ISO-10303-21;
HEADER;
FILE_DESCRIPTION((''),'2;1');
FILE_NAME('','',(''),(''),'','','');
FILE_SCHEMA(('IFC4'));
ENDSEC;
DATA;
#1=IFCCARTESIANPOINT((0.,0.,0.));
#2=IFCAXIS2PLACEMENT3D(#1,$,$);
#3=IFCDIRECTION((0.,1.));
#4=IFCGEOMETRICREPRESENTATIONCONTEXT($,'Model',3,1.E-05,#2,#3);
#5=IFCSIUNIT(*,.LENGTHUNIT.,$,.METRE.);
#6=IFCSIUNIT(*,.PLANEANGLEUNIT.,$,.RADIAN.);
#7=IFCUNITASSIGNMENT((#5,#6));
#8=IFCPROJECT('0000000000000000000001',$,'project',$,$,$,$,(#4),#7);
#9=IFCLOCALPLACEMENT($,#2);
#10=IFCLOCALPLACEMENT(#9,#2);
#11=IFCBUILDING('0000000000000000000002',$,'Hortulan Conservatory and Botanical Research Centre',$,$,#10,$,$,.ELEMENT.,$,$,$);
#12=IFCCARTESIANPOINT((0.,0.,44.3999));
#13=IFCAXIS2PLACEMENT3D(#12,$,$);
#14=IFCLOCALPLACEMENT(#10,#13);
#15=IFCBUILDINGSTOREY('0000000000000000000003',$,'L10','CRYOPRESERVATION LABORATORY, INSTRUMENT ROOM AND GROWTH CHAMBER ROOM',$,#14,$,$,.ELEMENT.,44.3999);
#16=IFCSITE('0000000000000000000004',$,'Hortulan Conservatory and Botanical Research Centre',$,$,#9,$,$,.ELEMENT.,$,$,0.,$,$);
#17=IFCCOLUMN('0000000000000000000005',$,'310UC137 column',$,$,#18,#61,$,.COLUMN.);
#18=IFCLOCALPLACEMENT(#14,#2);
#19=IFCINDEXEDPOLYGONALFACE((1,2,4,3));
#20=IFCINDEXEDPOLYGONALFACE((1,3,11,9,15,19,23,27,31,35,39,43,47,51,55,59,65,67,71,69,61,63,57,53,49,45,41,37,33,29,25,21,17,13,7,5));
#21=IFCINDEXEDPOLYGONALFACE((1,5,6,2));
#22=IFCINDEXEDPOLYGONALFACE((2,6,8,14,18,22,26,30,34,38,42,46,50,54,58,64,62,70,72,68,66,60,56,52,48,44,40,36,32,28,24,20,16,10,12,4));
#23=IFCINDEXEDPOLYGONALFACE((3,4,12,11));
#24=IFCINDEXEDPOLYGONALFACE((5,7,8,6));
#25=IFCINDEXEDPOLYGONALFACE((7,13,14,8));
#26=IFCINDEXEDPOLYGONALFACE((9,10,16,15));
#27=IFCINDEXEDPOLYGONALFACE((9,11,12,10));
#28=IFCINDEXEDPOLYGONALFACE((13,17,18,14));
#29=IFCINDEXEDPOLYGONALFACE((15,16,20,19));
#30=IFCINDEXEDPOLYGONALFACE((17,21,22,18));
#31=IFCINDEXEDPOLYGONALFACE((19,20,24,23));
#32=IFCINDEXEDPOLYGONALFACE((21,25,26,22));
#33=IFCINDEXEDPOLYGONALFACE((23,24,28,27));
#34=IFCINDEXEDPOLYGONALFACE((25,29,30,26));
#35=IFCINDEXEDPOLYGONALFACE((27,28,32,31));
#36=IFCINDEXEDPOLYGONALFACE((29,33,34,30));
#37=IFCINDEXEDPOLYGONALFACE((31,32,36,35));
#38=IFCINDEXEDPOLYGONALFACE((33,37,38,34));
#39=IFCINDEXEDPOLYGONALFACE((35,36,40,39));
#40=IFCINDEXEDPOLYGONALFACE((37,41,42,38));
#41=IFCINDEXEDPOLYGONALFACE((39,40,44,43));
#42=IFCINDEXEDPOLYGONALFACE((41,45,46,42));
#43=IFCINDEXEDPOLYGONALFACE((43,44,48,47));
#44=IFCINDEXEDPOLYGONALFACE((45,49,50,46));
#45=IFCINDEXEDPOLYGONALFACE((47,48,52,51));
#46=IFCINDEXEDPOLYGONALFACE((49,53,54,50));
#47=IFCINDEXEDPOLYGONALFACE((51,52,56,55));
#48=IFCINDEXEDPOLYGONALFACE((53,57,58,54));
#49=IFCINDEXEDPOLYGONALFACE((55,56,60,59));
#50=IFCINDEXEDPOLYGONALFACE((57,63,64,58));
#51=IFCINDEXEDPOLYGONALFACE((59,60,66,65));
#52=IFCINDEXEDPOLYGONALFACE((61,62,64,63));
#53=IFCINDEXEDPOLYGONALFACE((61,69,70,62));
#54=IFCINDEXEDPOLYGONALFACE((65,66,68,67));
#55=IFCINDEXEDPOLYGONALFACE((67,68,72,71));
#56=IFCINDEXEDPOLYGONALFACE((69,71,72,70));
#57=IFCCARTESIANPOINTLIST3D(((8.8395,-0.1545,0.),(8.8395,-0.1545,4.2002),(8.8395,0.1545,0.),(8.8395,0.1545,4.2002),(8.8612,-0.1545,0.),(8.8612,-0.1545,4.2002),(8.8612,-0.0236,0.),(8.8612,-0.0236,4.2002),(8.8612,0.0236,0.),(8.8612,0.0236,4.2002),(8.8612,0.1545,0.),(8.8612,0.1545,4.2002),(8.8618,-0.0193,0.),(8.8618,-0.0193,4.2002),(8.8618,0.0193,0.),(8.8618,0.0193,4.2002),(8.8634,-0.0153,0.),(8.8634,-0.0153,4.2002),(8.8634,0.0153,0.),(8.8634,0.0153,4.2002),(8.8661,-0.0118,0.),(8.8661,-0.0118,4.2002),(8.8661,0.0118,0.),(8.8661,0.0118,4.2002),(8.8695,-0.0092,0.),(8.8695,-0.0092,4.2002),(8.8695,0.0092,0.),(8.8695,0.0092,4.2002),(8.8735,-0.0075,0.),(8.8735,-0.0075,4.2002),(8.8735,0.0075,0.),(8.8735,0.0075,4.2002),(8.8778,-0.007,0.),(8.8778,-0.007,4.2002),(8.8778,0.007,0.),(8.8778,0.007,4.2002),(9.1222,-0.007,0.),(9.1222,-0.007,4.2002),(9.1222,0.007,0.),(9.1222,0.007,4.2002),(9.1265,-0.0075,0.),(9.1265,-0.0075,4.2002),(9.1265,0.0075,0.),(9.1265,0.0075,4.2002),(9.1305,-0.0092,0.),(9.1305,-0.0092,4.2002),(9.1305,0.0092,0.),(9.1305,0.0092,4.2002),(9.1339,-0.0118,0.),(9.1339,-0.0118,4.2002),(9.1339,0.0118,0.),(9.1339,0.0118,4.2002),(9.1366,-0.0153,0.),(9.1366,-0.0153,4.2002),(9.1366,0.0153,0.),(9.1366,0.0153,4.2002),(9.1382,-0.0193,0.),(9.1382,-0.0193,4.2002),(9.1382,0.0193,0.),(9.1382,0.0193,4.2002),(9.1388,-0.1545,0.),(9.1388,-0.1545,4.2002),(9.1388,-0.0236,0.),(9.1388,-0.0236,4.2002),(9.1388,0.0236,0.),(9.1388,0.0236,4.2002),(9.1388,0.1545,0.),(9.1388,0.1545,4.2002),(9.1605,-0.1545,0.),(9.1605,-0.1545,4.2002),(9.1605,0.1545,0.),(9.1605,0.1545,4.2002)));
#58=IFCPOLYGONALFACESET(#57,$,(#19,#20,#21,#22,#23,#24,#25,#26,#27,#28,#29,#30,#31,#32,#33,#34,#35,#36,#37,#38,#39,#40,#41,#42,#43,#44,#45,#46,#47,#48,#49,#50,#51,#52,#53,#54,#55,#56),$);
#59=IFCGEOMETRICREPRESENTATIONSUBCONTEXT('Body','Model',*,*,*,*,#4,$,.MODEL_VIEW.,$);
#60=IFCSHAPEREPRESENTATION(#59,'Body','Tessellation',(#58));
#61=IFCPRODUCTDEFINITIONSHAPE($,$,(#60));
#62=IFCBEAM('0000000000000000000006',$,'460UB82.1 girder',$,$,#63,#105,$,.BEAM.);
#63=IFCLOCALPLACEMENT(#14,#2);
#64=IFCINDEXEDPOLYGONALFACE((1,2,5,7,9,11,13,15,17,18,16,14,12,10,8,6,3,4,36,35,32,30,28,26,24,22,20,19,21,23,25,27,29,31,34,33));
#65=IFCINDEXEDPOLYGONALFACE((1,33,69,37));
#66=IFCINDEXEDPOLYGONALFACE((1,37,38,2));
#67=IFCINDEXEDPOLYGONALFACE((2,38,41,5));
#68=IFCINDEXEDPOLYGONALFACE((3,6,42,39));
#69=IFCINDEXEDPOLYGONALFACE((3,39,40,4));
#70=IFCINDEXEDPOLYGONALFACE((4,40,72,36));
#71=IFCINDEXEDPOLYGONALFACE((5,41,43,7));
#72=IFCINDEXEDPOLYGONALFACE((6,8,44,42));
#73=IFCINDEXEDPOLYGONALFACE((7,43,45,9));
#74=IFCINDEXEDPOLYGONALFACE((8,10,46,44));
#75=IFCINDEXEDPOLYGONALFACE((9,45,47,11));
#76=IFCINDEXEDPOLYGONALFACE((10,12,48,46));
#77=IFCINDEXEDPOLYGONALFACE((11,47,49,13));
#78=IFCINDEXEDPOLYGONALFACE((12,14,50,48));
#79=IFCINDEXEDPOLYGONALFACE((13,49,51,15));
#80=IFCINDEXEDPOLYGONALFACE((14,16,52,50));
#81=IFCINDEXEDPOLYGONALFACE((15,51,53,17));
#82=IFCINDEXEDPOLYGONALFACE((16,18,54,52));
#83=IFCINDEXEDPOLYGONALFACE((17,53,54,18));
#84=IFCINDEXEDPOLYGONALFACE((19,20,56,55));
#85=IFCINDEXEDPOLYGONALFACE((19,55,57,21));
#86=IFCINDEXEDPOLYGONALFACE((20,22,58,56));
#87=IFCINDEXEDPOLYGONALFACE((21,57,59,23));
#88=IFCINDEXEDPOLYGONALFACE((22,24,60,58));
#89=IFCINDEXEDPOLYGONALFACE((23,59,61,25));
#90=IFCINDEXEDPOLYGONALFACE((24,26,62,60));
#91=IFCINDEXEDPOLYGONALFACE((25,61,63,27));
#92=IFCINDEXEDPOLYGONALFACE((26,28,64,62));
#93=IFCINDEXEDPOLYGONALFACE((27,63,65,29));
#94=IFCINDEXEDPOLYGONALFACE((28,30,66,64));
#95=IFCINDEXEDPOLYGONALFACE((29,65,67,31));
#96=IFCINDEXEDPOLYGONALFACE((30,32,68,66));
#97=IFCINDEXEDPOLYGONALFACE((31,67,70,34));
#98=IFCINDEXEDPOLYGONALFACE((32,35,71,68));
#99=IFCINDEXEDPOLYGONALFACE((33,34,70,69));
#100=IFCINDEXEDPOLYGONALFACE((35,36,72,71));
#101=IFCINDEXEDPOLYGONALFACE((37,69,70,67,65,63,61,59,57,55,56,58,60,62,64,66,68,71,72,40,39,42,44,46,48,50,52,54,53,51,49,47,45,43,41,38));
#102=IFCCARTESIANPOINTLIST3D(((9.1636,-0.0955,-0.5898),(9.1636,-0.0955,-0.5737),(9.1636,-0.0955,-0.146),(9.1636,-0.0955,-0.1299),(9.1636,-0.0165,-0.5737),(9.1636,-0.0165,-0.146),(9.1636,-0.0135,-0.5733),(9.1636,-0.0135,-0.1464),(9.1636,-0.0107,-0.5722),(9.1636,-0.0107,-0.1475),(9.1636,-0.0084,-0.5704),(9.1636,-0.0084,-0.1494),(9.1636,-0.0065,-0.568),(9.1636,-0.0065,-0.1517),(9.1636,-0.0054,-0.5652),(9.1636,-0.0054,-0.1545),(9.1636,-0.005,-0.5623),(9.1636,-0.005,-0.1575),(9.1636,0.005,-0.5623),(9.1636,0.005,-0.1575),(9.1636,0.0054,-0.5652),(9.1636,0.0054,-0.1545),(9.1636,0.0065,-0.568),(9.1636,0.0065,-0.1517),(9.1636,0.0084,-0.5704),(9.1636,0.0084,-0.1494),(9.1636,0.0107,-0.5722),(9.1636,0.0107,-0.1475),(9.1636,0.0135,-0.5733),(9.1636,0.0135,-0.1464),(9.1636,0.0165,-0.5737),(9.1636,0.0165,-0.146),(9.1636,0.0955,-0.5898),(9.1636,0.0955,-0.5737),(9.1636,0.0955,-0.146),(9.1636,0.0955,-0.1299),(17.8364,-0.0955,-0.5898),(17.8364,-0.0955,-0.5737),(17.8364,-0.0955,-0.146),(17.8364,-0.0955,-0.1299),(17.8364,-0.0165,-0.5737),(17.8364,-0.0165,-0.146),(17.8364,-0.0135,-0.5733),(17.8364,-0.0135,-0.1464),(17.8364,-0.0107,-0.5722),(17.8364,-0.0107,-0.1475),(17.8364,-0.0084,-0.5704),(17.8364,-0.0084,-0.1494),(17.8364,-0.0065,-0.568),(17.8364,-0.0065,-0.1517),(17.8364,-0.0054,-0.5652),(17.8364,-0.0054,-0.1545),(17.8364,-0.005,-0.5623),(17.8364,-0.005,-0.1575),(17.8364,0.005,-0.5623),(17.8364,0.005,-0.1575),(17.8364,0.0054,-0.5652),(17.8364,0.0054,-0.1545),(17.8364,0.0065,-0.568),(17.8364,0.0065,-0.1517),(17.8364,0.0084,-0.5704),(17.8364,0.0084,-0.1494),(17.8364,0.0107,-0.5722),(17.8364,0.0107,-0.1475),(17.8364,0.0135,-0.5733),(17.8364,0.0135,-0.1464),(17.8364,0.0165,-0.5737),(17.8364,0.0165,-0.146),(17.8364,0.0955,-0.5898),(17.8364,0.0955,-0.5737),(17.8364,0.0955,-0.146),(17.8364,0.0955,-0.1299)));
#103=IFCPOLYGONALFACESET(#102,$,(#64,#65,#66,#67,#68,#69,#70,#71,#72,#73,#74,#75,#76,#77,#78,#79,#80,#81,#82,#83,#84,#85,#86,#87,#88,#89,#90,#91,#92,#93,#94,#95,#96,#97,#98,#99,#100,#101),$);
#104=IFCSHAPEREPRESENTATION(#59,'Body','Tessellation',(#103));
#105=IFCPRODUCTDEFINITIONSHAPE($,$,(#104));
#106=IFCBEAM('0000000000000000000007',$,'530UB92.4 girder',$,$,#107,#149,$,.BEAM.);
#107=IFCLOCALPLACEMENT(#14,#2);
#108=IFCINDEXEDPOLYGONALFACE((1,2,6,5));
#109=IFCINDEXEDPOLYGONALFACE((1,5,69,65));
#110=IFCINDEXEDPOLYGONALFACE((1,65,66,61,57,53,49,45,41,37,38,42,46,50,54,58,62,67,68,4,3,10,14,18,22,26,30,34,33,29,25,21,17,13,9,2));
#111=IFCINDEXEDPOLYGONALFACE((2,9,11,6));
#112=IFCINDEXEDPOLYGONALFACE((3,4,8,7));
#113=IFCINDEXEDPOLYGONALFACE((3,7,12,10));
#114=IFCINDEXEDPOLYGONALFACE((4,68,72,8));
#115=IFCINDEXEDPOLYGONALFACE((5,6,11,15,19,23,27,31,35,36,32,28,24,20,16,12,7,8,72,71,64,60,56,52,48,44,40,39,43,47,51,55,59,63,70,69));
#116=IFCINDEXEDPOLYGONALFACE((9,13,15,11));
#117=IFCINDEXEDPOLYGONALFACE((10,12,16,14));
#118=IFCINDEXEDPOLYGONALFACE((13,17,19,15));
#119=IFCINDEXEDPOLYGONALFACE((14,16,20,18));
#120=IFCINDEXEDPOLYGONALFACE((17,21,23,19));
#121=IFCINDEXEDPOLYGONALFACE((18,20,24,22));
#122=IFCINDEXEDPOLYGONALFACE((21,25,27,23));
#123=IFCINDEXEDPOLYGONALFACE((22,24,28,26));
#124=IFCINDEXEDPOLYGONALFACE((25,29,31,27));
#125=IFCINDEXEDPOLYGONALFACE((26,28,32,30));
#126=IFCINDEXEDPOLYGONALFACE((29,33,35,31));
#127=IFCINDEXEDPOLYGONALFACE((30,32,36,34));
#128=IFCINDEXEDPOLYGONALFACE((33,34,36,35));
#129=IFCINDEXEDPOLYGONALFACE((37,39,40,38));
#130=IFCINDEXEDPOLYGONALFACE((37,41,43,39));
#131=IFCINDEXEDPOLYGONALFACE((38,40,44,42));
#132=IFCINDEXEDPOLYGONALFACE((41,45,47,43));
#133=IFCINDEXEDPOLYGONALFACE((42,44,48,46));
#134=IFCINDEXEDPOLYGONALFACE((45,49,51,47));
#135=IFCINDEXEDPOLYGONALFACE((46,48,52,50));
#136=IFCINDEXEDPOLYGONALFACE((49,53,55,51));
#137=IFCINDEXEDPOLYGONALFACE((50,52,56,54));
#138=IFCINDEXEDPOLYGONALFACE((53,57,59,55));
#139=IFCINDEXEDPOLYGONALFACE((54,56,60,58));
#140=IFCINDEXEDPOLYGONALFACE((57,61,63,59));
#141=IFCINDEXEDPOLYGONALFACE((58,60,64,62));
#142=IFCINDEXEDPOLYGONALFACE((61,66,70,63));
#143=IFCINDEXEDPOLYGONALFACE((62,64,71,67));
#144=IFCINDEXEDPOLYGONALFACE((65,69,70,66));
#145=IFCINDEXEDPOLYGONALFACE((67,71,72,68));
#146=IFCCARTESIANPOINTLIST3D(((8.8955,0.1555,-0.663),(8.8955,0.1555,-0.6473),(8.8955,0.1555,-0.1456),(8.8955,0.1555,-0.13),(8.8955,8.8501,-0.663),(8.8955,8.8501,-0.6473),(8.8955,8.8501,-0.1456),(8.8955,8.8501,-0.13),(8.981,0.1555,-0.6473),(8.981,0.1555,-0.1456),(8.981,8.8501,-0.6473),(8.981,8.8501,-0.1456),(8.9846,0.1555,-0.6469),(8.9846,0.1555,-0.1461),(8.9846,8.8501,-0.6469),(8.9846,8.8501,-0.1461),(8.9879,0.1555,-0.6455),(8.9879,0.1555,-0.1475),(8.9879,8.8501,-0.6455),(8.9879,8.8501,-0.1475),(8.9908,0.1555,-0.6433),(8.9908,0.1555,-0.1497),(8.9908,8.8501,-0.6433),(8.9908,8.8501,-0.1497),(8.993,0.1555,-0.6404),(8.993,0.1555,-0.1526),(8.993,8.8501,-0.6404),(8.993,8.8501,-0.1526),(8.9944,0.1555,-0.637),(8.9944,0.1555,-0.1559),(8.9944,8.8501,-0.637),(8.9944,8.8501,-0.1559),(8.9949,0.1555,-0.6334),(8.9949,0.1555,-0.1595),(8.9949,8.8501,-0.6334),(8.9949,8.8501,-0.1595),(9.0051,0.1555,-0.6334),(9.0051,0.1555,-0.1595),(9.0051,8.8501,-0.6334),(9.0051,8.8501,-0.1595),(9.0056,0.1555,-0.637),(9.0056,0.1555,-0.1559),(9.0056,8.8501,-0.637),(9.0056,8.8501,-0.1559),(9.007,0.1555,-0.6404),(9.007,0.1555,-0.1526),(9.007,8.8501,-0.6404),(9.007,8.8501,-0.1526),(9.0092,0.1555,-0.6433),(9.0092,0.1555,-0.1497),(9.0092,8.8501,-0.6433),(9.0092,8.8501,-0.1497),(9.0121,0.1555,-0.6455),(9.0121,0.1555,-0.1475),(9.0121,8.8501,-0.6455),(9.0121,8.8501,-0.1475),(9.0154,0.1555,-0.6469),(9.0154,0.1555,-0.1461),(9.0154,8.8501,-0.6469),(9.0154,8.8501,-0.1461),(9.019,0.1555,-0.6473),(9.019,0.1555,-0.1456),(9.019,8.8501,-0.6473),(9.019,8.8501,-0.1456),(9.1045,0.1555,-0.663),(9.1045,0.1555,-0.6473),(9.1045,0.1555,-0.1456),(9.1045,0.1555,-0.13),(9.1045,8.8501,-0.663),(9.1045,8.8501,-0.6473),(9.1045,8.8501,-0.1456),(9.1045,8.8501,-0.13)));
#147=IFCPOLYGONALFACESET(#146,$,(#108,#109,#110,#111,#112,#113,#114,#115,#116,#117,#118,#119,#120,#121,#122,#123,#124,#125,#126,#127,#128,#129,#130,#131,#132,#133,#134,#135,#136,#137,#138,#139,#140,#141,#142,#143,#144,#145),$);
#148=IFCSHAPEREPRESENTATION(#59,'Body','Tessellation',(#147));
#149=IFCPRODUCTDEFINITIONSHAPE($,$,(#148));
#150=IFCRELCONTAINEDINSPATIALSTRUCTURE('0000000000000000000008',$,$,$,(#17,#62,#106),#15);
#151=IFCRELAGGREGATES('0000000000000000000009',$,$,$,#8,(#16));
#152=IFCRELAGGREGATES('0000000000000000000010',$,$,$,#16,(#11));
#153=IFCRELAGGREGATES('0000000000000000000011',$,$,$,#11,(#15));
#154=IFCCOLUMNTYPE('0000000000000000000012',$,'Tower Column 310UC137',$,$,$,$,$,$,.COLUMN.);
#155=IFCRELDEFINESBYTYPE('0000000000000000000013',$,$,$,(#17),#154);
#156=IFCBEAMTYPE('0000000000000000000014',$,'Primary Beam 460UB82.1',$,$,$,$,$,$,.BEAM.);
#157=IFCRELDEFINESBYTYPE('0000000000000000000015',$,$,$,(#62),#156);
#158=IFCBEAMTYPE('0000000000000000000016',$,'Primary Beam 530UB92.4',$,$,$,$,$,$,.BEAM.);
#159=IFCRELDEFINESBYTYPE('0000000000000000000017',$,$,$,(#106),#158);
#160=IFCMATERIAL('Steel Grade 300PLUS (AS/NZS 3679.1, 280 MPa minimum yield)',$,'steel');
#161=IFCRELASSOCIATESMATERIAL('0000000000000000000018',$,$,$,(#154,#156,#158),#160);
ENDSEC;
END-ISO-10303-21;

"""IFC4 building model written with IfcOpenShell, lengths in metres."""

from ifc_helpers import new_model, si_unit, direction, frame, origin, origin_2d, place, context, subcontext, project, spatial, i_section, extrude, material, material_profile, profile_set, type_object, element, save


model = new_model("IFC4")

# Units and contexts
model_context = context("Model", 3, precision=1e-05, world=origin(), true_north=direction((0.0, 1.0)))
body_context = subcontext(model_context, "Body", "Model", "MODEL_VIEW")
ifc_project = project(units=[si_unit("LENGTHUNIT", "METRE"), si_unit("PLANEANGLEUNIT", "RADIAN")], contexts=[model_context])

# Site, building, storey
site_placement = place(None, origin())
site = spatial("IfcSite", under=ifc_project, at=site_placement, Name="Hortulan Conservatory and Botanical Research Centre", CompositionType="ELEMENT", RefElevation=0.0)
building_placement = place(site_placement, origin())
building = spatial("IfcBuilding", under=site, at=building_placement, Name="Hortulan Conservatory and Botanical Research Centre", CompositionType="ELEMENT")
storey_placement = place(building_placement, frame((0.0, 0.0, 44.3999)))
storey = spatial("IfcBuildingStorey", under=building, at=storey_placement, Name="L10", Description="CRYOPRESERVATION LABORATORY, INSTRUMENT ROOM AND GROWTH CHAMBER ROOM", CompositionType="ELEMENT", Elevation=44.3999)

# Column
ifc_material_1 = material(Name="Steel Grade 300PLUS (AS/NZS 3679.1, 280 MPa minimum yield)", Category="steel")
ifc_material_profile_1 = material_profile(ifc_material_1, i_section(OverallWidth=0.3091, OverallDepth=0.321, WebThickness=0.0139, FlangeThickness=0.0217, FilletRadius=0.0166, at=origin_2d()), Name="310UC137")
ifc_profile_set_1 = profile_set([ifc_material_profile_1], Name="Steel Grade 300PLUS (AS/NZS 3679.1, 280 MPa minimum yield)")
column_type = type_object("IfcColumnType", Name="Tower Column 310UC137", PredefinedType="COLUMN", material=ifc_profile_set_1)
column_placement = place(storey_placement, frame((9.0, 0.0, 0.0), z_axis=(0.0, 0.0, 1.0), x_axis=(0.0, 1.0, 0.0)))
element("IfcColumn", 1, at=column_placement, inside=storey, type_object=column_type, Name="310UC137 column", PredefinedType="COLUMN", context=body_context, shape_type="SweptSolid", body=[
    extrude(i_section(OverallWidth=0.3091, OverallDepth=0.321, WebThickness=0.0139, FlangeThickness=0.0217, FilletRadius=0.0166, at=origin_2d()), origin(), (0.0, 0.0, 1.0), 4.2002),
])

# Beams
ifc_material_profile_2 = material_profile(ifc_material_1, i_section(OverallWidth=0.1909, OverallDepth=0.46, WebThickness=0.01, FlangeThickness=0.0161, FilletRadius=0.0115, at=origin_2d()), Name="460UB82.1")
ifc_profile_set_2 = profile_set([ifc_material_profile_2], Name="Steel Grade 300PLUS (AS/NZS 3679.1, 280 MPa minimum yield)")
beam_type_1 = type_object("IfcBeamType", Name="Primary Beam 460UB82.1", PredefinedType="BEAM", material=ifc_profile_set_2)
beam_1_placement = place(storey_placement, frame((9.1636, 0.0, -0.3599), z_axis=(1.0, 0.0, 0.0), x_axis=(0.0, 1.0, 0.0)))
element("IfcBeam", 2, at=beam_1_placement, inside=storey, type_object=beam_type_1, Name="460UB82.1 girder", PredefinedType="BEAM", context=body_context, shape_type="SweptSolid", body=[
    extrude(i_section(OverallWidth=0.1909, OverallDepth=0.46, WebThickness=0.01, FlangeThickness=0.0161, FilletRadius=0.0115, at=origin_2d()), origin(), (0.0, 0.0, 1.0), 8.6729),
])
ifc_material_profile_3 = material_profile(ifc_material_1, i_section(OverallWidth=0.209, OverallDepth=0.533, WebThickness=0.0103, FlangeThickness=0.0156, FilletRadius=0.0139, at=origin_2d()), Name="530UB92.4")
ifc_profile_set_3 = profile_set([ifc_material_profile_3], Name="Steel Grade 300PLUS (AS/NZS 3679.1, 280 MPa minimum yield)")
beam_type_2 = type_object("IfcBeamType", Name="Primary Beam 530UB92.4", PredefinedType="BEAM", material=ifc_profile_set_3)
beam_2_placement = place(storey_placement, frame((9.0, 0.1555, -0.3965), z_axis=(0.0, 1.0, 0.0), x_axis=(-1.0, 0.0, 0.0)))
element("IfcBeam", 3, at=beam_2_placement, inside=storey, type_object=beam_type_2, Name="530UB92.4 girder", PredefinedType="BEAM", context=body_context, shape_type="SweptSolid", body=[
    extrude(i_section(OverallWidth=0.209, OverallDepth=0.533, WebThickness=0.0103, FlangeThickness=0.0156, FilletRadius=0.0139, at=origin_2d()), origin(), (0.0, 0.0, 1.0), 8.6946),
])

save(model, "model.ifc")
